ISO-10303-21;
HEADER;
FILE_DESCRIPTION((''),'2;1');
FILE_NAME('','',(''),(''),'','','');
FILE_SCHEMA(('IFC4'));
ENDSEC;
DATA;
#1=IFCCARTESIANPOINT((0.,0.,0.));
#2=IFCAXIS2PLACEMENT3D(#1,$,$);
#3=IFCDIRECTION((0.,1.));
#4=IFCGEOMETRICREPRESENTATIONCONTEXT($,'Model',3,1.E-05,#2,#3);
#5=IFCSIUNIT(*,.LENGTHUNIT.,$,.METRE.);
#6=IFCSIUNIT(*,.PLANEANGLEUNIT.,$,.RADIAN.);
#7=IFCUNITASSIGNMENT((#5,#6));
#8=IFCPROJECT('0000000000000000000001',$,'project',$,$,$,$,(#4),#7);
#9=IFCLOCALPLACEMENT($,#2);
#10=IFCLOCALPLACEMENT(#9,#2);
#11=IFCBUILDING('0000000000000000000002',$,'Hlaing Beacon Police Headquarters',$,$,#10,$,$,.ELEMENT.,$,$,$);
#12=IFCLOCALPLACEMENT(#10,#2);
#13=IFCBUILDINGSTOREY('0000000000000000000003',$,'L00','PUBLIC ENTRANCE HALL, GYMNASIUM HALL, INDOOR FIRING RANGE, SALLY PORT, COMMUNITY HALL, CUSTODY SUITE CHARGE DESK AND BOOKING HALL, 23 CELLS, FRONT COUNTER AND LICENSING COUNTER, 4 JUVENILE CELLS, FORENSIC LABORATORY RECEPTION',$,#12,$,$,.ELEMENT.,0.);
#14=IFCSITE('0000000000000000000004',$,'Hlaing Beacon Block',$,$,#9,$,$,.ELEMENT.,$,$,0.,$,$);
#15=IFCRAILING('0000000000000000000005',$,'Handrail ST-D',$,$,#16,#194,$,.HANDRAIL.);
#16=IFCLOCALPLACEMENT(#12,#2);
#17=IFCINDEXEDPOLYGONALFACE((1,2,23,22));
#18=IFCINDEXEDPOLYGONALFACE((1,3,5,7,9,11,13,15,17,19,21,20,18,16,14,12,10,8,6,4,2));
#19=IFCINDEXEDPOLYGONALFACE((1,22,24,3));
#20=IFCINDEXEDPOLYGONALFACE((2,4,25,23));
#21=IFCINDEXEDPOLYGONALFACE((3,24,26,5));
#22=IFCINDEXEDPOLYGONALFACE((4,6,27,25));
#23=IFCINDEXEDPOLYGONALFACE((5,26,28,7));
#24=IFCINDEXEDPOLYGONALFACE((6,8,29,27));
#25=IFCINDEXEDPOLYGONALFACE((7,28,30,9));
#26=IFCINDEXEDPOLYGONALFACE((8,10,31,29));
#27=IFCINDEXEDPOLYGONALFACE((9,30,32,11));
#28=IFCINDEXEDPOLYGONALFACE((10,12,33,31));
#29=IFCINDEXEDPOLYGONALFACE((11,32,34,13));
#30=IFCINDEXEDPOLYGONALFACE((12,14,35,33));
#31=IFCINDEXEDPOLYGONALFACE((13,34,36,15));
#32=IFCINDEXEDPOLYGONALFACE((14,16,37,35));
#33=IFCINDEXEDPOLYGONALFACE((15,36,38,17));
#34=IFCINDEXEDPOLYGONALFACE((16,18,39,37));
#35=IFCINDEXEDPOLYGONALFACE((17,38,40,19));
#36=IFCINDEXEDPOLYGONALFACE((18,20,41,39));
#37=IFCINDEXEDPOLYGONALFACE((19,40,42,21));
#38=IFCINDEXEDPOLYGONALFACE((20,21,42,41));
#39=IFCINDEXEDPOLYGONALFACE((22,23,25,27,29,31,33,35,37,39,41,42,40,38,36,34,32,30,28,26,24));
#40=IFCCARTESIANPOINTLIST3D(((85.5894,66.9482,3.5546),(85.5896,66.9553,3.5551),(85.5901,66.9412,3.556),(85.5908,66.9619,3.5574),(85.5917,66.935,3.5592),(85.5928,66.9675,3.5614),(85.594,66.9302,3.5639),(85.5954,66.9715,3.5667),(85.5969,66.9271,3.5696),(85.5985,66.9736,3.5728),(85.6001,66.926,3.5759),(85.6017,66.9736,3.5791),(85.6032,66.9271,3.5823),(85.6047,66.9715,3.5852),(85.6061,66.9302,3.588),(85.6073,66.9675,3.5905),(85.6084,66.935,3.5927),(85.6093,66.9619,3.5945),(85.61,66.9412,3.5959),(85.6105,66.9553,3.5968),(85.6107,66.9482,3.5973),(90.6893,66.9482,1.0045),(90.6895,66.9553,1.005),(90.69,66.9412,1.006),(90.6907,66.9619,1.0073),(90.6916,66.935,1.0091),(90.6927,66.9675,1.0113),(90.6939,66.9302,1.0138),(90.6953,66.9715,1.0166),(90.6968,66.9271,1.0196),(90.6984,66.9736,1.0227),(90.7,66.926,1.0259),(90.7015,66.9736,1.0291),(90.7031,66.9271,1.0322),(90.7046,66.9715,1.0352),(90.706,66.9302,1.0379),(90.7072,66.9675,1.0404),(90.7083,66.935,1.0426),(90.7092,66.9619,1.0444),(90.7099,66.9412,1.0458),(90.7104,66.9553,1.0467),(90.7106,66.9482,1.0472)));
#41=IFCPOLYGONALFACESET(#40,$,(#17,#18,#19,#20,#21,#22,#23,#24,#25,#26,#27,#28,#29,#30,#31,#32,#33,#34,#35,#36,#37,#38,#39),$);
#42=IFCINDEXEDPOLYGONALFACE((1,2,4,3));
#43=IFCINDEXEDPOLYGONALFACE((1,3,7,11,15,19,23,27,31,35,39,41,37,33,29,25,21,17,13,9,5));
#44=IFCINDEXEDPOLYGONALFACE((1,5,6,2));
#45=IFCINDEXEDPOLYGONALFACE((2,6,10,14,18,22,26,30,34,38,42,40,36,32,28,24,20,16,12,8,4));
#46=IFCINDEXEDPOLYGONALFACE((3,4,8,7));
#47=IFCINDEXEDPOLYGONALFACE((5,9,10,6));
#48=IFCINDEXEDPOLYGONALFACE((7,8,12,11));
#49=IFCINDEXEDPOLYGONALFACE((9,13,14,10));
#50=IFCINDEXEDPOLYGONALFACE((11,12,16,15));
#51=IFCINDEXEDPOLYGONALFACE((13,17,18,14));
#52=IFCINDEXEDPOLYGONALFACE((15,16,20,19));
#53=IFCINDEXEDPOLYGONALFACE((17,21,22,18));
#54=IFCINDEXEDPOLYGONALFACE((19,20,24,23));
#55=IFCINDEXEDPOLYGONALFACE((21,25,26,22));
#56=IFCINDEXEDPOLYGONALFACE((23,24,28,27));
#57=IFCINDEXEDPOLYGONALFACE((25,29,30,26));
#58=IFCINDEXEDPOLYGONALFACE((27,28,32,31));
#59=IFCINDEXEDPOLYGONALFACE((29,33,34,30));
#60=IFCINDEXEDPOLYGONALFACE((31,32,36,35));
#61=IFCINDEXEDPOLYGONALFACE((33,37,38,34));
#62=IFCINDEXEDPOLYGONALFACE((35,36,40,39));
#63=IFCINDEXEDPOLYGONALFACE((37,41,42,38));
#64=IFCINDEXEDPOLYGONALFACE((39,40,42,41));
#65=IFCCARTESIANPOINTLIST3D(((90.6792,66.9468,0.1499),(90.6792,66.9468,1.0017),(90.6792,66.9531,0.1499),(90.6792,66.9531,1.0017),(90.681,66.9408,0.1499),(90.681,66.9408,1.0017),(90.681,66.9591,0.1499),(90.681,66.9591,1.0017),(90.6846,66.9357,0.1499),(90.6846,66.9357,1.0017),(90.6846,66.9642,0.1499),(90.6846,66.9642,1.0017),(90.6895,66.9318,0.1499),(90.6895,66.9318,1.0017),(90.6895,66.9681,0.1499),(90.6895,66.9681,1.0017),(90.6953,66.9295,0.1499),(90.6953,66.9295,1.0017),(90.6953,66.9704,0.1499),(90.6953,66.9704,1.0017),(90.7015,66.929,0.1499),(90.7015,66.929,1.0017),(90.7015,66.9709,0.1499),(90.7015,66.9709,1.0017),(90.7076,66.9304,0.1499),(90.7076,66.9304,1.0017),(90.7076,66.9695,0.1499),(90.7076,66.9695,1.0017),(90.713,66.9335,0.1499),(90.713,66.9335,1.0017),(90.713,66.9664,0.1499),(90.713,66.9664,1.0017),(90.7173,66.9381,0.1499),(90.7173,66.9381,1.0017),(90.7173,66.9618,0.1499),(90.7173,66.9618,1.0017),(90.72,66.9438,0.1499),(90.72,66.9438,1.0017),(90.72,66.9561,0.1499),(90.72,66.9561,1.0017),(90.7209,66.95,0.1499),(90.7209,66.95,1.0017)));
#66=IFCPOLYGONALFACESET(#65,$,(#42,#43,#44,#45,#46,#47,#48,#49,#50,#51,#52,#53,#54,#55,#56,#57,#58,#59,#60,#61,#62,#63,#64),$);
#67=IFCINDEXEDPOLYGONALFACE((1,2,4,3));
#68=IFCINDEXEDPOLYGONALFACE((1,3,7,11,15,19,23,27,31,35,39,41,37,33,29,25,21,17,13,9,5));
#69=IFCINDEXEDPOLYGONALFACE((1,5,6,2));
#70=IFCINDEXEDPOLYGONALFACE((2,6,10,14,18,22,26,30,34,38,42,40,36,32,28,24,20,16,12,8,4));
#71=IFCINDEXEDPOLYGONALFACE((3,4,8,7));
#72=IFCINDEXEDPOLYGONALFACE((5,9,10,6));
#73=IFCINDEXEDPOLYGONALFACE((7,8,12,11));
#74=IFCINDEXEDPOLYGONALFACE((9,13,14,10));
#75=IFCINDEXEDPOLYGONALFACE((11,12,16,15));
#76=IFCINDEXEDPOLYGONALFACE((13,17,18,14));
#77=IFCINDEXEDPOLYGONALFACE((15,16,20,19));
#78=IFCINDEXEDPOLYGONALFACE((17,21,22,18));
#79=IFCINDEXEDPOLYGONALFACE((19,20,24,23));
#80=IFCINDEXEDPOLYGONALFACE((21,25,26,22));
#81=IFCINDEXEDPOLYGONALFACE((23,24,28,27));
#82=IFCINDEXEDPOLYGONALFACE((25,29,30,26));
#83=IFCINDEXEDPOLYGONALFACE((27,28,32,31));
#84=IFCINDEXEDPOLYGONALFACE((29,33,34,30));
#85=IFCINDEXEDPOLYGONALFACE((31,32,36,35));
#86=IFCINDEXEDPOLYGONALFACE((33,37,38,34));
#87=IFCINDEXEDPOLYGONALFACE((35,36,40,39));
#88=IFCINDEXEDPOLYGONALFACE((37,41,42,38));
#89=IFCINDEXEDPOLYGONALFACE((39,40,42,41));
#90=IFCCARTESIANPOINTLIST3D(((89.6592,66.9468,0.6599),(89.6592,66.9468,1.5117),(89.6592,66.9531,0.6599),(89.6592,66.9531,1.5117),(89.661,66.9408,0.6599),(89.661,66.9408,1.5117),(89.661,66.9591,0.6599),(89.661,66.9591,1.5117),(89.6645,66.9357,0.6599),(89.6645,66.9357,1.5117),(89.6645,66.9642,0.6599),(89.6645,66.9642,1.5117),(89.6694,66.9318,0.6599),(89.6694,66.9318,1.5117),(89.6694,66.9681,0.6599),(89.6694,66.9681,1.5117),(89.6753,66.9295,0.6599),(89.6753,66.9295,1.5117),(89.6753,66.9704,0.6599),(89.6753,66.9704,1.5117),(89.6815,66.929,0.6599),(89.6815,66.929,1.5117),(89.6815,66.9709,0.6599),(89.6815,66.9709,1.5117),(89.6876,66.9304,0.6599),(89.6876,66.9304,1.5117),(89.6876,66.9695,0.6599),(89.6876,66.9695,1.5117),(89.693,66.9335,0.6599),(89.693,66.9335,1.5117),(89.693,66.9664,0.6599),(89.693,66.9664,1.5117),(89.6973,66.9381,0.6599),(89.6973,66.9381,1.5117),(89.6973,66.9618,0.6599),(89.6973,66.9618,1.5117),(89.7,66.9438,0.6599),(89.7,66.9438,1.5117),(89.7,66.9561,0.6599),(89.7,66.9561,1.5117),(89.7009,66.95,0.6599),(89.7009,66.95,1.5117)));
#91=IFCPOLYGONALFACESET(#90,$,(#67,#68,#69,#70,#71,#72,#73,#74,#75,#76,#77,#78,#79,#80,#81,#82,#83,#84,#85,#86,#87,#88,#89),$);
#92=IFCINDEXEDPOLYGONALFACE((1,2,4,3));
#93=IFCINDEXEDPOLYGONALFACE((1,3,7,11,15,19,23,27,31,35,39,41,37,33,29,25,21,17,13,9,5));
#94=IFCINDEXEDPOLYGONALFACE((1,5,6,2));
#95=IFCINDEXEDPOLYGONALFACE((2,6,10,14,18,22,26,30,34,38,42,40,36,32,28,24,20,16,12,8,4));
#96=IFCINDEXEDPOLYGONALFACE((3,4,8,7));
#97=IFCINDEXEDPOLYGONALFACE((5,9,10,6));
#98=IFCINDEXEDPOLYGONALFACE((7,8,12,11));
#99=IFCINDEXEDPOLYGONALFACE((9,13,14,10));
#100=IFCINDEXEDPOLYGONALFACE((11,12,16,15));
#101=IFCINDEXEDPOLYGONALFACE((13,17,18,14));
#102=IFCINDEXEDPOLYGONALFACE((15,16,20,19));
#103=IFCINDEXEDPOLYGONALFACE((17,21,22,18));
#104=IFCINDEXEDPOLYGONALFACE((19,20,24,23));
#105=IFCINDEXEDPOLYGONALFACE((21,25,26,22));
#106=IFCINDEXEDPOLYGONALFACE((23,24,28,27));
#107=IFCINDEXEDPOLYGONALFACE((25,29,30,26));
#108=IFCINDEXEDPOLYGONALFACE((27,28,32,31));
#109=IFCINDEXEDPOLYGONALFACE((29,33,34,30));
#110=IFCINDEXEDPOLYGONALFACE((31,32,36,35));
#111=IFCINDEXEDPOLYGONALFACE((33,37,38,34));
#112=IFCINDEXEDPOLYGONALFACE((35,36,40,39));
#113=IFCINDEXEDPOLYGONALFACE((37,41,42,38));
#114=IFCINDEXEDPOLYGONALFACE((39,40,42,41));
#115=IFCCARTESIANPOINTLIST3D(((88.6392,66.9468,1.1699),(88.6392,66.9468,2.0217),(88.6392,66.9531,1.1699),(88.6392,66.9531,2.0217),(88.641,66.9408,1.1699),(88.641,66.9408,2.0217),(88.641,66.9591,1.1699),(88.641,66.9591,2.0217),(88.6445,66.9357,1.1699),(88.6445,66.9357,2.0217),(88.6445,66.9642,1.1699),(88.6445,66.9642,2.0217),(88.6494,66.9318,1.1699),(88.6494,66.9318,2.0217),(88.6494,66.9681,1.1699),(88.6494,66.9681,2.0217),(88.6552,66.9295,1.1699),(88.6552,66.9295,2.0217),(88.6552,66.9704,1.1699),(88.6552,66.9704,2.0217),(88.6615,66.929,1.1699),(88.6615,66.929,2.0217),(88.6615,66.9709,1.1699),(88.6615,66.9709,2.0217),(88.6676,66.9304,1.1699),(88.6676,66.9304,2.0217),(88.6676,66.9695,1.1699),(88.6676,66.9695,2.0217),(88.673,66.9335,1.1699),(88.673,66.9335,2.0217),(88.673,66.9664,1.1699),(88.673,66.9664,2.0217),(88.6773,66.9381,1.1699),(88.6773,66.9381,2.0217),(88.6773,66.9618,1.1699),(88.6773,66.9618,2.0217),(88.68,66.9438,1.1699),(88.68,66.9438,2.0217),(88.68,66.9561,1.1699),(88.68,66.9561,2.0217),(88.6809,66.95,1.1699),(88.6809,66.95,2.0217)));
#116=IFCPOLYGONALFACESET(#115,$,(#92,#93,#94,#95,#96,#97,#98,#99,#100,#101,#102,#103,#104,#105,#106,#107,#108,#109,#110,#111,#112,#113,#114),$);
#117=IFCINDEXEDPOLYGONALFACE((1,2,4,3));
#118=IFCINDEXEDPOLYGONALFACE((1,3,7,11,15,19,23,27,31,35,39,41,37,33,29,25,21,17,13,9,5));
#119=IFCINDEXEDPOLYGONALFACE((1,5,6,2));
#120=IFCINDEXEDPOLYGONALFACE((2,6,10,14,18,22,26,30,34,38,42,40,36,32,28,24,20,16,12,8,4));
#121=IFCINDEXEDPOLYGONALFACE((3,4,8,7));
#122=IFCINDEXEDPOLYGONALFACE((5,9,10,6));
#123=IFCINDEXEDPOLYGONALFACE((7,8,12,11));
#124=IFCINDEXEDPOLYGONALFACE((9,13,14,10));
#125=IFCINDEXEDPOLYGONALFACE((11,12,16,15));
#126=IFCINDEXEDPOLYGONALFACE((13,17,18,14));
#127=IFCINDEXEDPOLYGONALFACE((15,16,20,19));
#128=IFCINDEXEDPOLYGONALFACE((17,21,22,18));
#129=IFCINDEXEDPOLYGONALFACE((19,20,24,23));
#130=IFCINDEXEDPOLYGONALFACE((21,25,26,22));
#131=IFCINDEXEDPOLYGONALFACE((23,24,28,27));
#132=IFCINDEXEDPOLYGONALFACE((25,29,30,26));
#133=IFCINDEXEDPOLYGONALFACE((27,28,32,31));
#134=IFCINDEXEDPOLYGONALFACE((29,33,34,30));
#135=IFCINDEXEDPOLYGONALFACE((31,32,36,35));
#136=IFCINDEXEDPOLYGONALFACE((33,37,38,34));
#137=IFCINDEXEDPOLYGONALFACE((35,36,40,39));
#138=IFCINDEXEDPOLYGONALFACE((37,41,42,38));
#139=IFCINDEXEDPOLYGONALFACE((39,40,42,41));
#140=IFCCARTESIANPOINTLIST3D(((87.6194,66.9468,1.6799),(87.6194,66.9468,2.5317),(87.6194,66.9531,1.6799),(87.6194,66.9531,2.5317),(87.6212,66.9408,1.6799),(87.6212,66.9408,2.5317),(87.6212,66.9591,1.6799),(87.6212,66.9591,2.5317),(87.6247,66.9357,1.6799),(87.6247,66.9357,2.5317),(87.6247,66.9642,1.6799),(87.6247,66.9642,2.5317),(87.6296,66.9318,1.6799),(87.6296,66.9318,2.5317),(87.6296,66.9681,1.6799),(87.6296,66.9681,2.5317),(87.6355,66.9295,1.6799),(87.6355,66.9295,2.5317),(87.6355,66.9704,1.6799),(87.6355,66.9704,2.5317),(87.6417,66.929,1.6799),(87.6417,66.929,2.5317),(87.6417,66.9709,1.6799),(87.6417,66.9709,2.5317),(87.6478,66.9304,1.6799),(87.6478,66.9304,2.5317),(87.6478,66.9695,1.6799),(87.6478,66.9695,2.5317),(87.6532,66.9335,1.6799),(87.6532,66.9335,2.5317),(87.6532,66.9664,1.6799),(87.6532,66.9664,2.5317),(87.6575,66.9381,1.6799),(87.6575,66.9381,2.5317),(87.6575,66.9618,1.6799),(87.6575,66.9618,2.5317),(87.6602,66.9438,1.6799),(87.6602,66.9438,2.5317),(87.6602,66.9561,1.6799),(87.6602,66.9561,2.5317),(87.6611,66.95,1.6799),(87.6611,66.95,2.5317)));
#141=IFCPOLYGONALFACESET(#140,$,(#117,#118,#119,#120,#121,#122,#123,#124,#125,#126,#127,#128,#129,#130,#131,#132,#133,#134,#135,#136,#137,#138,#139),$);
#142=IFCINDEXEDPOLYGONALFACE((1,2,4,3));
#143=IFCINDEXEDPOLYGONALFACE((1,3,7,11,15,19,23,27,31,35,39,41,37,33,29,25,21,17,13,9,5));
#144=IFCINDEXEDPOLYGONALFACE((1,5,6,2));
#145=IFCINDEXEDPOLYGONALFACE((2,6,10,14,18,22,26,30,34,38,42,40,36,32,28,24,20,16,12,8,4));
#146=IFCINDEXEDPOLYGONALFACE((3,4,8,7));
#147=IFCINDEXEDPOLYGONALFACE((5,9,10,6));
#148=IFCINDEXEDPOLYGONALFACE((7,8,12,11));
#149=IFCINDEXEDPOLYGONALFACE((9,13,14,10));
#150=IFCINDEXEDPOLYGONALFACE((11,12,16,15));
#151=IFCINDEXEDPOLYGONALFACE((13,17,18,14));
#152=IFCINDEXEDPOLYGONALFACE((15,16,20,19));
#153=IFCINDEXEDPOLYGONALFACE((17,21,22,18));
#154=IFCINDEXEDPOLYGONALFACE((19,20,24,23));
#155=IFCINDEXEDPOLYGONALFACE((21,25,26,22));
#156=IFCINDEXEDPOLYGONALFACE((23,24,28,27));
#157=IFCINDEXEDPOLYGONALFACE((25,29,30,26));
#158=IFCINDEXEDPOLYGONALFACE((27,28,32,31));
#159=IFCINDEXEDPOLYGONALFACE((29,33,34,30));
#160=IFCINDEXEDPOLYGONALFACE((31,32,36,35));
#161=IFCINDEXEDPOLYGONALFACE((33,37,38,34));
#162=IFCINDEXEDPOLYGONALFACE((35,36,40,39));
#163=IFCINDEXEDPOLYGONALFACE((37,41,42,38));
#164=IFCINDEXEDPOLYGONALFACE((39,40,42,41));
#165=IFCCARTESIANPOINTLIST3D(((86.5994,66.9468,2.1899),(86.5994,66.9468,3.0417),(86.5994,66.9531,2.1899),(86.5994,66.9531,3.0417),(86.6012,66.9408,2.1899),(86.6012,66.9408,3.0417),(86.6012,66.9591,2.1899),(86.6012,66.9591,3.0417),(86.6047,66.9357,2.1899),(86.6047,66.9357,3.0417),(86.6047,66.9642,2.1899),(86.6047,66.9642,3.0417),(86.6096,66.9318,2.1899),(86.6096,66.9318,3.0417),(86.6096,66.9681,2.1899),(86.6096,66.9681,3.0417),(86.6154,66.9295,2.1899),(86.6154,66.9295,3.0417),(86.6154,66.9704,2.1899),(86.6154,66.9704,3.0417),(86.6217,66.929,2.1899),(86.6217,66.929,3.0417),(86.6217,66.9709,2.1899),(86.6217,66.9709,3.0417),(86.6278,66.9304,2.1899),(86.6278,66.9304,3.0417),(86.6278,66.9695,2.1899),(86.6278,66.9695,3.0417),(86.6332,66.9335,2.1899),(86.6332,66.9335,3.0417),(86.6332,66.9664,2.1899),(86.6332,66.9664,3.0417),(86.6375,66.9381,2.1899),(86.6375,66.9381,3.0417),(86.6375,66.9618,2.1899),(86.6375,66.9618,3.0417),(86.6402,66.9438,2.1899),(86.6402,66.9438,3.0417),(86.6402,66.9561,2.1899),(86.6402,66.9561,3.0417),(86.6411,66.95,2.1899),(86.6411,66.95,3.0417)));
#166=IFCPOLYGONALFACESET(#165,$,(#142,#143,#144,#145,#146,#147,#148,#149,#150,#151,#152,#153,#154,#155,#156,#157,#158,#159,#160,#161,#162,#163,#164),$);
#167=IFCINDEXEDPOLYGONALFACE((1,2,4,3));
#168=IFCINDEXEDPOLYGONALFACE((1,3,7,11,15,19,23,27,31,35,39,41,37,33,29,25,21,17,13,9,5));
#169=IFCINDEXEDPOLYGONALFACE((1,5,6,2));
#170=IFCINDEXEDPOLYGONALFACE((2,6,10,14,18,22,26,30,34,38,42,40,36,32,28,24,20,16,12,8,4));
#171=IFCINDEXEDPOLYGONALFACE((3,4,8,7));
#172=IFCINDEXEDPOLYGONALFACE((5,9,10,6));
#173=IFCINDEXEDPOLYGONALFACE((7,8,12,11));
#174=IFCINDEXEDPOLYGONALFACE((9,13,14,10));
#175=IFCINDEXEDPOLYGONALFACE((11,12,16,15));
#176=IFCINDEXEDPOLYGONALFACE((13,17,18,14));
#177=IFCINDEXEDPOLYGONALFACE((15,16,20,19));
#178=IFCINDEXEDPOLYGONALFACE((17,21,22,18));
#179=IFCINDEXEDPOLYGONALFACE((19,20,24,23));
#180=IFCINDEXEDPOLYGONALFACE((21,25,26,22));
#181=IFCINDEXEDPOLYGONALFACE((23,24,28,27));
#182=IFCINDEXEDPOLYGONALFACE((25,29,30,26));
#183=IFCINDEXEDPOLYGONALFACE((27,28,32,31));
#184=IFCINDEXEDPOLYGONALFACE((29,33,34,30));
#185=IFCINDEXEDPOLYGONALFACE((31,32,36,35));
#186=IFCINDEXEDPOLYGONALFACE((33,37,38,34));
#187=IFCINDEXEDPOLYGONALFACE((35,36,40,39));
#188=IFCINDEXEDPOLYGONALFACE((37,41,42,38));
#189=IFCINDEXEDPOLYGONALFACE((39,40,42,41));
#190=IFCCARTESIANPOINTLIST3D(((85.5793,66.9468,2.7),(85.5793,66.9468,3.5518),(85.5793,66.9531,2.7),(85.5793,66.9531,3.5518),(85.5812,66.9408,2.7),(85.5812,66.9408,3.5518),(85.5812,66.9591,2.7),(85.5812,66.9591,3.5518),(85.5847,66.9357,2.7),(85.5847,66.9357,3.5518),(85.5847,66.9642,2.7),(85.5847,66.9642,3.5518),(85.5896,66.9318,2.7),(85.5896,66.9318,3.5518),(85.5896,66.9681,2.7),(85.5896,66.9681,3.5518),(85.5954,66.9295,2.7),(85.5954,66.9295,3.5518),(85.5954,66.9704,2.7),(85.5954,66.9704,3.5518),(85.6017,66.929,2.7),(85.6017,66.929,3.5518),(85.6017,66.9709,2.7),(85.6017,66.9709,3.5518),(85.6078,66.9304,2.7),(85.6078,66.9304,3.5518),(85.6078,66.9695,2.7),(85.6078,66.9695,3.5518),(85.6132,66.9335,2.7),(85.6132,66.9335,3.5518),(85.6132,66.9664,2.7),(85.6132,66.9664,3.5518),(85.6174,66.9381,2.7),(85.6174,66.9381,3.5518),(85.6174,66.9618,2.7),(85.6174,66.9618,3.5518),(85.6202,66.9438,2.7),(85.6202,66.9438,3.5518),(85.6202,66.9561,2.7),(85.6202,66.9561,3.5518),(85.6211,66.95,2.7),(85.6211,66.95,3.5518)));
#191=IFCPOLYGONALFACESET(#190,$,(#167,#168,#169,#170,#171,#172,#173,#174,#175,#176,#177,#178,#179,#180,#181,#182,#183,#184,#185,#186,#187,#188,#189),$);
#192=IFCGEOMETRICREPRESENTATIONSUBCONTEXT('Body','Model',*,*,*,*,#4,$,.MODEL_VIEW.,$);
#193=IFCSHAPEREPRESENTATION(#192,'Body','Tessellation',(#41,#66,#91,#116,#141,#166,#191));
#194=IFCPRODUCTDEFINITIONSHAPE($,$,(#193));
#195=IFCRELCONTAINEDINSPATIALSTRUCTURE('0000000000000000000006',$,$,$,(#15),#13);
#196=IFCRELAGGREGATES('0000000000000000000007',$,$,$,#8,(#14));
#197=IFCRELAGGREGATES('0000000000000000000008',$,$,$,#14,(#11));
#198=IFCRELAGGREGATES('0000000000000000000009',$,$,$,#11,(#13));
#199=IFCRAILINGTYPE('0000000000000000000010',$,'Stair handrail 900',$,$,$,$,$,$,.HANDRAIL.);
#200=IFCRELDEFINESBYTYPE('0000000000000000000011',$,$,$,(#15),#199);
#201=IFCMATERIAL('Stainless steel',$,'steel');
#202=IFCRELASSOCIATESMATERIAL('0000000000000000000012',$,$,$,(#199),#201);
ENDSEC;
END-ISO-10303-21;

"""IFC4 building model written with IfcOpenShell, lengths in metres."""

from ifc_helpers import new_model, si_unit, direction, frame, origin, origin_2d, place, context, subcontext, project, spatial, circle, extrude, material, type_object, element, save


model = new_model("IFC4")

# Units and contexts
model_context = context("Model", 3, precision=1e-05, world=origin(), true_north=direction((0.0, 1.0)))
body_context = subcontext(model_context, "Body", "Model", "MODEL_VIEW")
ifc_project = project(units=[si_unit("LENGTHUNIT", "METRE"), si_unit("PLANEANGLEUNIT", "RADIAN")], contexts=[model_context])

# Site, building, storey
site_placement = place(None, origin())
site = spatial("IfcSite", under=ifc_project, at=site_placement, Name="Hlaing Beacon Block", CompositionType="ELEMENT", RefElevation=0.0)
building_placement = place(site_placement, origin())
building = spatial("IfcBuilding", under=site, at=building_placement, Name="Hlaing Beacon Police Headquarters", CompositionType="ELEMENT")
storey_placement = place(building_placement, origin())
storey = spatial("IfcBuildingStorey", under=building, at=storey_placement, Name="L00", Description="PUBLIC ENTRANCE HALL, GYMNASIUM HALL, INDOOR FIRING RANGE, SALLY PORT, COMMUNITY HALL, CUSTODY SUITE CHARGE DESK AND BOOKING HALL, 23 CELLS, FRONT COUNTER AND LICENSING COUNTER, 4 JUVENILE CELLS, FORENSIC LABORATORY RECEPTION", CompositionType="ELEMENT", Elevation=0.0)

# Railing
ifc_material_1 = material(Name="Stainless steel", Category="steel")
railing_type_1 = type_object("IfcRailingType", Name="Stair handrail 900", PredefinedType="HANDRAIL", material=ifc_material_1)
railing_1_placement = place(storey_placement, frame((90.7, 66.95, 0.1499)))
element("IfcRailing", 1, at=railing_1_placement, inside=storey, type_object=railing_type_1, Name="Handrail ST-D", PredefinedType="HANDRAIL", context=body_context, shape_type="SweptSolid", body=[
    extrude(circle(Radius=0.0239, at=origin_2d()), frame((0.0, 0.0, 0.876), z_axis=(-0.894419, 0.0, 0.447231), x_axis=(0.0, -1.0, 0.0)), (0.0, 0.0, 1.0), 5.7019),
    extrude(circle(Radius=0.021, at=origin_2d()), origin(), (0.0, 0.0, 1.0), 0.8518),
    extrude(circle(Radius=0.021, at=origin_2d()), frame((-1.02, 0.0, 0.51)), (0.0, 0.0, 1.0), 0.8518),
    extrude(circle(Radius=0.021, at=origin_2d()), frame((-2.04, 0.0, 1.02)), (0.0, 0.0, 1.0), 0.8518),
    extrude(circle(Radius=0.021, at=origin_2d()), frame((-3.0598, 0.0, 1.53)), (0.0, 0.0, 1.0), 0.8518),
    extrude(circle(Radius=0.021, at=origin_2d()), frame((-4.0798, 0.0, 2.04)), (0.0, 0.0, 1.0), 0.8518),
    extrude(circle(Radius=0.021, at=origin_2d()), frame((-5.0999, 0.0, 2.55)), (0.0, 0.0, 1.0), 0.8518),
])

save(model, "model.ifc")
